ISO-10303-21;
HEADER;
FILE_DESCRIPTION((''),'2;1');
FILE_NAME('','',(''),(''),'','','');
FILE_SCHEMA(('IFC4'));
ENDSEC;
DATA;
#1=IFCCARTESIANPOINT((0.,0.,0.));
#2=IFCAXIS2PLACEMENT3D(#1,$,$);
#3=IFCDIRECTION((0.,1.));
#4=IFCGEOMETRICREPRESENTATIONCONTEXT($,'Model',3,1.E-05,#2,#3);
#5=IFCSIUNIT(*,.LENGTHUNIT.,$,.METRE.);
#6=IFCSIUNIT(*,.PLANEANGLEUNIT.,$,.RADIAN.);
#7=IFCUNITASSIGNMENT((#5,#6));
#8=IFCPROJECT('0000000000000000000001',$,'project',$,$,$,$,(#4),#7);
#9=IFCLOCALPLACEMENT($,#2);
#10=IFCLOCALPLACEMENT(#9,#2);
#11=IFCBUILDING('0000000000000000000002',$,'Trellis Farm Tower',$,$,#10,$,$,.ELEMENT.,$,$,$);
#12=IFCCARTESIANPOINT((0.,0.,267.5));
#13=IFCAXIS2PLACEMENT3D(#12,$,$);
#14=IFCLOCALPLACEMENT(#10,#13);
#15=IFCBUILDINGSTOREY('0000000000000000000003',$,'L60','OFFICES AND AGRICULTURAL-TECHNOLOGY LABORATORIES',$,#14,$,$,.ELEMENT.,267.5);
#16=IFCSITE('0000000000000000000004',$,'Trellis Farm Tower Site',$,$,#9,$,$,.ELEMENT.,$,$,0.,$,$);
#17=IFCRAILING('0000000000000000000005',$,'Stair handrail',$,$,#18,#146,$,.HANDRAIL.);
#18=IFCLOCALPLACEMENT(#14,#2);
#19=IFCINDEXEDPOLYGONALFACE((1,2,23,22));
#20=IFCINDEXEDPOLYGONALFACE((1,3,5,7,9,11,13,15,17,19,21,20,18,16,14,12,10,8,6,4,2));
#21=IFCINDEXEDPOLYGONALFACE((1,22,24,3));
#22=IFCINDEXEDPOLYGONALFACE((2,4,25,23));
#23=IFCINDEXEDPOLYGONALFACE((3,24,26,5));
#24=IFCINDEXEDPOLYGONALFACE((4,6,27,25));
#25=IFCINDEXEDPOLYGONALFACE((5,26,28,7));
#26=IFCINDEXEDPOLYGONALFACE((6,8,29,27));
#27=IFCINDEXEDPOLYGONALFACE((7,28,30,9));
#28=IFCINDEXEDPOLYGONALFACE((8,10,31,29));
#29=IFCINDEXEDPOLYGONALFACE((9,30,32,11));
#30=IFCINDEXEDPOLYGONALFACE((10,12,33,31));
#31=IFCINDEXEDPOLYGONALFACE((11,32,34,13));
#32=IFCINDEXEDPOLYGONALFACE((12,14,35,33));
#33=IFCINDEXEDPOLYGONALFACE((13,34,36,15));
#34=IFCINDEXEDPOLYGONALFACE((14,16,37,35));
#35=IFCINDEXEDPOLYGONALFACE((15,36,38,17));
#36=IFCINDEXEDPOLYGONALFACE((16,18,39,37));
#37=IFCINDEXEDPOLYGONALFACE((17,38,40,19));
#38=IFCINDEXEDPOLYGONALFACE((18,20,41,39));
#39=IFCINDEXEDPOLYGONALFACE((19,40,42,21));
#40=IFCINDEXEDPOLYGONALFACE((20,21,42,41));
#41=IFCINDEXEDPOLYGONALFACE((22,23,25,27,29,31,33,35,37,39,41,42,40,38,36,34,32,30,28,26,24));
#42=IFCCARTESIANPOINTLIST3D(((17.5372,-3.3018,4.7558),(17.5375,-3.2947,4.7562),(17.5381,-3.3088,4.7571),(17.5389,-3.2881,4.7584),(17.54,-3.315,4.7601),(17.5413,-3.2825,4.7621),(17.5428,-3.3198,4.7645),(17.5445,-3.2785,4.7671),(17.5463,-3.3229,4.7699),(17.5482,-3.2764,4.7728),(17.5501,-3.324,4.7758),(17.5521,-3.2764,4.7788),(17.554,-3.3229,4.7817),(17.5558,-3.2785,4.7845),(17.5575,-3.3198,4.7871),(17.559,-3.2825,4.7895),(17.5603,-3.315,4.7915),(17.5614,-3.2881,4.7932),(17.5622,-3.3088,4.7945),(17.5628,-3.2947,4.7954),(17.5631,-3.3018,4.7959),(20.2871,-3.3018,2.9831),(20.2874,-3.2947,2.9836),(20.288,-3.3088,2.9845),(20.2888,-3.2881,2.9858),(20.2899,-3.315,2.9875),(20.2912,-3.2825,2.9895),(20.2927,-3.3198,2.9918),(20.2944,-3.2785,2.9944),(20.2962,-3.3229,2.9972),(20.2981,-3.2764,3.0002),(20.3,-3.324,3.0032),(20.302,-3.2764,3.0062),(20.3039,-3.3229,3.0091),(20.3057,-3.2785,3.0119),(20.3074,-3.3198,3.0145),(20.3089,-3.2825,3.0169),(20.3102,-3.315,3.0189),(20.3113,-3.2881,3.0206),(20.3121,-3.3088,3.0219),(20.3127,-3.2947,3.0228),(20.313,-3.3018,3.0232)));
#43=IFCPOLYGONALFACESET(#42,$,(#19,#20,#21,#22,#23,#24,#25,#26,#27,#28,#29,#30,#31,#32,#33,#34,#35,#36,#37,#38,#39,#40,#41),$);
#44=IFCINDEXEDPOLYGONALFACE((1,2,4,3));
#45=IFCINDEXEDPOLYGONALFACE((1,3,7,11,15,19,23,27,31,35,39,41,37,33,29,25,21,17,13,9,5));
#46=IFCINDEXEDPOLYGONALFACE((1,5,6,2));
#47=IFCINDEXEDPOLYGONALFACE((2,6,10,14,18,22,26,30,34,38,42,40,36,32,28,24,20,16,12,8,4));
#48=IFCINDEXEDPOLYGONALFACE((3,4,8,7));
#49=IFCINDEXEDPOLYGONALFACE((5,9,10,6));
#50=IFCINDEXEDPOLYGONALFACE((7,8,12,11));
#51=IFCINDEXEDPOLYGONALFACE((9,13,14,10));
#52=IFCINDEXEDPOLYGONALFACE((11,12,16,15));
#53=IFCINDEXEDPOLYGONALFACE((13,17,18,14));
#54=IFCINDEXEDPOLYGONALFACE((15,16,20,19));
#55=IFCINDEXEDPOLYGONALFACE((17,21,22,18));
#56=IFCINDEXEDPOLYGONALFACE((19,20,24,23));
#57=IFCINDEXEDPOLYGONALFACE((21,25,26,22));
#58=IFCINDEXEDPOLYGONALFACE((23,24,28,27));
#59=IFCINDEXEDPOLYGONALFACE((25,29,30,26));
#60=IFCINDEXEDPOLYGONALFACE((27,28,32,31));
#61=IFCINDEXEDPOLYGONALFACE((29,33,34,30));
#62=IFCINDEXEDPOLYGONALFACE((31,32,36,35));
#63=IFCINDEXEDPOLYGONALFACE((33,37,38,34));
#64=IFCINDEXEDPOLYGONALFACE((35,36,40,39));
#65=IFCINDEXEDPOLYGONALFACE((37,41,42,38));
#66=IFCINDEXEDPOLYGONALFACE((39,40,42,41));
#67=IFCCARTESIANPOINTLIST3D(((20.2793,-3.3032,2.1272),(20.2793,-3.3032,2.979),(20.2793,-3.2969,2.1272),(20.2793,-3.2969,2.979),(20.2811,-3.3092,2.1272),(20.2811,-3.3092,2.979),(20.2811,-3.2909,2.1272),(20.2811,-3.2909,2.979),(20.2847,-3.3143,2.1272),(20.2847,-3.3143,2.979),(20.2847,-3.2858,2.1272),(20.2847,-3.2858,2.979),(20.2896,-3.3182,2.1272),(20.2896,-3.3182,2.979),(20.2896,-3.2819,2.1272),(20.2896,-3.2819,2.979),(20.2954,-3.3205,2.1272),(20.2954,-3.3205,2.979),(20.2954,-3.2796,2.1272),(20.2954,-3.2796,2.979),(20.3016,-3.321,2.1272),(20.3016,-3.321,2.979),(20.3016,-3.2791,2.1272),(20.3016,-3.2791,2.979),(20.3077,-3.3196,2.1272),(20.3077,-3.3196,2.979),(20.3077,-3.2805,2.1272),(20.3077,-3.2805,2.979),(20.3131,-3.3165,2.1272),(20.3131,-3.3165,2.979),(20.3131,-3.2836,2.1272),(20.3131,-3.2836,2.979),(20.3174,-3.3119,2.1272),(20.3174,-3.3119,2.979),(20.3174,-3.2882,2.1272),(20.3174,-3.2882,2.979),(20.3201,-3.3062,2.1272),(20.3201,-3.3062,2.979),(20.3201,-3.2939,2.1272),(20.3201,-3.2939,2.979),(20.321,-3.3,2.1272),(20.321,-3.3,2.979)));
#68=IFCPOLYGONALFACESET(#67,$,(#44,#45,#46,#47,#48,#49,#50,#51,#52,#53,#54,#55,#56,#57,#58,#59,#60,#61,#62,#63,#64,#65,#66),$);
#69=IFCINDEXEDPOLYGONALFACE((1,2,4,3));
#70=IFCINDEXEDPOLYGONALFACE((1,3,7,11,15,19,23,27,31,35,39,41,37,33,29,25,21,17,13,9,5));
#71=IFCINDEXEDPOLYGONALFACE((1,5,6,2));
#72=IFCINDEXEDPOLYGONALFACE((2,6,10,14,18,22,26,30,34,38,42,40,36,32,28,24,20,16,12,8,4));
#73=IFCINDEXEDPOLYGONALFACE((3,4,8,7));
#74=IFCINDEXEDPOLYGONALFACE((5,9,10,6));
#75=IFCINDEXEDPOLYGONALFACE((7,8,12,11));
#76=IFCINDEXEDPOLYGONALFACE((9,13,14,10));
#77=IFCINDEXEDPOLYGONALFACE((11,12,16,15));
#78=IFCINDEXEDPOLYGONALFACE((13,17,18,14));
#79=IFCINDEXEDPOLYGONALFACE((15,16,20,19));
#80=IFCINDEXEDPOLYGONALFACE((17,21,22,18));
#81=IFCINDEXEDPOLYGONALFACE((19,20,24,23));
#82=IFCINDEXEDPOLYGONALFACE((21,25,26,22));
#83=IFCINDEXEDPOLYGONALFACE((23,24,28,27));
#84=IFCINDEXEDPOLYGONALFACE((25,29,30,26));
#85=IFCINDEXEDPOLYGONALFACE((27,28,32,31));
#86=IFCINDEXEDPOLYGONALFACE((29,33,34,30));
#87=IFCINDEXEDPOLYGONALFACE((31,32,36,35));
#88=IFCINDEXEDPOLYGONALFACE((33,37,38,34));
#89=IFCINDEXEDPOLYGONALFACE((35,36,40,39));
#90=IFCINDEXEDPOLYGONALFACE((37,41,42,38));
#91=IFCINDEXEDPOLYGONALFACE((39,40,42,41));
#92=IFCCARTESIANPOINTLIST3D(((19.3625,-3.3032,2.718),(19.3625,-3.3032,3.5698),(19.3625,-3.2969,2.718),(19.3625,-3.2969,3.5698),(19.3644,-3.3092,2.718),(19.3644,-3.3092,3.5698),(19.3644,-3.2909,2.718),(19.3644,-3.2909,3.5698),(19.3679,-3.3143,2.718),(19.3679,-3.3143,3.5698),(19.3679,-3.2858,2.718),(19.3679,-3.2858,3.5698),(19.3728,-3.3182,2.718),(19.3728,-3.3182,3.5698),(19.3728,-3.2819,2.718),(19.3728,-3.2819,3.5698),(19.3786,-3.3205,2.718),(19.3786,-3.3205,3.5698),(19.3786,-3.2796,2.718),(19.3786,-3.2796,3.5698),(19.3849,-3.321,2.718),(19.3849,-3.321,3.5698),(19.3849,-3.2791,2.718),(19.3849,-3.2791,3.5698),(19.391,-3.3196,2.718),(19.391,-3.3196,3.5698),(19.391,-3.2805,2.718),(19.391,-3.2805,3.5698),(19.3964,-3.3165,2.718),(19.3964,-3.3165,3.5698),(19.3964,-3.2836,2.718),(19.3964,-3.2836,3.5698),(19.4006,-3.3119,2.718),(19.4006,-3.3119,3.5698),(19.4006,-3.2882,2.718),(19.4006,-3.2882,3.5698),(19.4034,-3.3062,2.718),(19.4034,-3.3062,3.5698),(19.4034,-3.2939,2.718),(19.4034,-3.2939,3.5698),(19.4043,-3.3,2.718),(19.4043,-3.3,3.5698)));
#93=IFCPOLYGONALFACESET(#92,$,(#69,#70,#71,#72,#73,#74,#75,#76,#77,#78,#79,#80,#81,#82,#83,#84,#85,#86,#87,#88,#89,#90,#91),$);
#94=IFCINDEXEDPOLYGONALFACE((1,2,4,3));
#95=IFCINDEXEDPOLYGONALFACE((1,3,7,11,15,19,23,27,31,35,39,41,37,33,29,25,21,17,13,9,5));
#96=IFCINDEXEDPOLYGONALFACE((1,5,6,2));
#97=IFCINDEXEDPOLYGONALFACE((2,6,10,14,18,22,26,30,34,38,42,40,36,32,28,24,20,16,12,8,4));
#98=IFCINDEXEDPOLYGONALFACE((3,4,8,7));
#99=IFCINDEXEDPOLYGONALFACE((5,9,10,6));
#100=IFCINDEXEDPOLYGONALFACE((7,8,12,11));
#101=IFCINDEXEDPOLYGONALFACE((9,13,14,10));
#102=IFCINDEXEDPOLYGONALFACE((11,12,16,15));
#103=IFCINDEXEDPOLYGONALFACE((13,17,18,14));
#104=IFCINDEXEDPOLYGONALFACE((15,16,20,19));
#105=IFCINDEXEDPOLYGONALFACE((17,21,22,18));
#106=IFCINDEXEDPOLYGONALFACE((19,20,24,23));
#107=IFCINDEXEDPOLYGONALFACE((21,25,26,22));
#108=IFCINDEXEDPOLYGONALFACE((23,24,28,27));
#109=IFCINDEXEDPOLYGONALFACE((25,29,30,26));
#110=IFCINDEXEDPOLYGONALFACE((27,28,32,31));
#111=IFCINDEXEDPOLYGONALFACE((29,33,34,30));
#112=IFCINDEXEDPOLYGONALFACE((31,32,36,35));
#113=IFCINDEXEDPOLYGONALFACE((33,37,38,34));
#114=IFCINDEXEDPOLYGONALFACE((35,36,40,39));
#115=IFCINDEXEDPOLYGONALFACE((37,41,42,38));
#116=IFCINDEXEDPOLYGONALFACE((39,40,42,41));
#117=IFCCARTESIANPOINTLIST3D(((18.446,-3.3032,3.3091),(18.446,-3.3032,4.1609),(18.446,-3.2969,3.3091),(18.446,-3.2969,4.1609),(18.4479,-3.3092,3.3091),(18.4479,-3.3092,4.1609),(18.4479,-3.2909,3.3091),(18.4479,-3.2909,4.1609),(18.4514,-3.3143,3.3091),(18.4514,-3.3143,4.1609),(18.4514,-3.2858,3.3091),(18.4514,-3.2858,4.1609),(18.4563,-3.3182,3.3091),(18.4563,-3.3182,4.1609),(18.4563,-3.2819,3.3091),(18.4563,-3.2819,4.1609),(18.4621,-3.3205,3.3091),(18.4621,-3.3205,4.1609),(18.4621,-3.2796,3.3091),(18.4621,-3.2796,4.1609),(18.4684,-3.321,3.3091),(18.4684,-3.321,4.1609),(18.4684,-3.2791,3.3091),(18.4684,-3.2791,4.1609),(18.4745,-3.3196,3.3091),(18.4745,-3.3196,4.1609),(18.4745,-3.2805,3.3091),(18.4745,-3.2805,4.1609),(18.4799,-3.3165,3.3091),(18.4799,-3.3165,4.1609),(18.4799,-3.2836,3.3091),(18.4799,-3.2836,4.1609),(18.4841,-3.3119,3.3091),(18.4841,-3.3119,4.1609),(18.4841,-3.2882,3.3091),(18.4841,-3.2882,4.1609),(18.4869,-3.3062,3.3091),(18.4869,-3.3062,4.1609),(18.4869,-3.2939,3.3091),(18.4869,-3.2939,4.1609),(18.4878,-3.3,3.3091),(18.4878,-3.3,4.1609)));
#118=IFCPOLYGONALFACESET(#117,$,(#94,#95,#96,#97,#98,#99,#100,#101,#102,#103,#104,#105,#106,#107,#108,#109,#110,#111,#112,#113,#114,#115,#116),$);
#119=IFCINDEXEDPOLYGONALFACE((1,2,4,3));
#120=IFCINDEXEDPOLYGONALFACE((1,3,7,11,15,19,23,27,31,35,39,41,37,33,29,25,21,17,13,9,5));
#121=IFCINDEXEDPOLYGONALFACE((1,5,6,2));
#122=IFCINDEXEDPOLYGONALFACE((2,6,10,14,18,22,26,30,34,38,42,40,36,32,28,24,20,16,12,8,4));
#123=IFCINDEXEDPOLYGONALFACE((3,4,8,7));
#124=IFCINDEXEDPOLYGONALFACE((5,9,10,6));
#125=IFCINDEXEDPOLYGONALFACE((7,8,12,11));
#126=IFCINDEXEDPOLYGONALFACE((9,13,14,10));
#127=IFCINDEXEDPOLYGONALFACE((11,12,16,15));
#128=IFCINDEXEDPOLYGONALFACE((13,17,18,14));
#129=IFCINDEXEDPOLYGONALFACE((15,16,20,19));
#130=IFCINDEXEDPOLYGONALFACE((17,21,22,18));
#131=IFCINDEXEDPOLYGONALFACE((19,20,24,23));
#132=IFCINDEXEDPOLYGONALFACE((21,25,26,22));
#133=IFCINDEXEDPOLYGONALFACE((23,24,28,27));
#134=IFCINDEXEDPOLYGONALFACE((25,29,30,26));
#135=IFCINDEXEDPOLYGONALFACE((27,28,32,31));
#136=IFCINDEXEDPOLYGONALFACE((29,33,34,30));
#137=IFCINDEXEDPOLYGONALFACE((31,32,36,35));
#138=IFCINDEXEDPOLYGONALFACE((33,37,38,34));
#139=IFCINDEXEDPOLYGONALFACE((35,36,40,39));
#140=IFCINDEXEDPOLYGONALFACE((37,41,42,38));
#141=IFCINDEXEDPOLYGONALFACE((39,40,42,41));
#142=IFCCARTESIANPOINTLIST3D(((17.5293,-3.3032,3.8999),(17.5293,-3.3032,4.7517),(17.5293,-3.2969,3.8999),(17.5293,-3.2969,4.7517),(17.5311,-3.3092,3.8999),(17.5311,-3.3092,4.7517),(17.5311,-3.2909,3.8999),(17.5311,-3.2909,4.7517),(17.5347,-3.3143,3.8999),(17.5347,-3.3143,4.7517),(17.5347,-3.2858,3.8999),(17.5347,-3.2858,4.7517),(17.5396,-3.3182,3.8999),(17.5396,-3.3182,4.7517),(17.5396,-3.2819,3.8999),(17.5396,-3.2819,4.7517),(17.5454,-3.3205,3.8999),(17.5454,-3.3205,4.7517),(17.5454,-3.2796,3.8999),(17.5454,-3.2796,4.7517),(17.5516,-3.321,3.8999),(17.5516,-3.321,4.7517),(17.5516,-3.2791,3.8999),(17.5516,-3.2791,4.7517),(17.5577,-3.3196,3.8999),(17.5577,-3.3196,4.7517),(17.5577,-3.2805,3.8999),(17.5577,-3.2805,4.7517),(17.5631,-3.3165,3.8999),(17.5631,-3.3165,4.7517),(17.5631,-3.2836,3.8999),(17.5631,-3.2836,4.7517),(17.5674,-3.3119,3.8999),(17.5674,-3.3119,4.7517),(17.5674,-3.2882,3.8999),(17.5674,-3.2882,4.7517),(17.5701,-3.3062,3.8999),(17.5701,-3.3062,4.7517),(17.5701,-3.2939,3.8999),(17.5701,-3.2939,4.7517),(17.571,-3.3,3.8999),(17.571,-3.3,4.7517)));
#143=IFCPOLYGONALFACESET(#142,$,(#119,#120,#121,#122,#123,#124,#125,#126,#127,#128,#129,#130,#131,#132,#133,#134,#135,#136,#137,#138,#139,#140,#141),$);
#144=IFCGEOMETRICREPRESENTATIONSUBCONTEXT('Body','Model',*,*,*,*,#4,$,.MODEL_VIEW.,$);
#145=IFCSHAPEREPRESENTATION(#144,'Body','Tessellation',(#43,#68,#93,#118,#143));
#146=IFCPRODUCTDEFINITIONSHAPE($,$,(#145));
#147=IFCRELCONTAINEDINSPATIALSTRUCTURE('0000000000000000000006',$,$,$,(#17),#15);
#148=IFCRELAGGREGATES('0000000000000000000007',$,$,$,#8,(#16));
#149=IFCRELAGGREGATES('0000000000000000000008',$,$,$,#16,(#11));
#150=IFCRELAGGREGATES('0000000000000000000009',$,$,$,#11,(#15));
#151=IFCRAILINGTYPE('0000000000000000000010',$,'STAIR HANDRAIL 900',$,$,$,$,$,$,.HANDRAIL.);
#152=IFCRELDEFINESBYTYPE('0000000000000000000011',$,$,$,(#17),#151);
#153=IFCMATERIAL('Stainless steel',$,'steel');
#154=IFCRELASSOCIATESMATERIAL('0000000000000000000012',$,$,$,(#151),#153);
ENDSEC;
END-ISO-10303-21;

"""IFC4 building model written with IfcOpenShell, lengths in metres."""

from ifc_helpers import new_model, si_unit, direction, frame, origin, origin_2d, place, context, subcontext, project, spatial, circle, extrude, source, transform, mapped, material, type_object, element, save


model = new_model("IFC4")

# Units and contexts
model_context = context("Model", 3, precision=1e-05, world=origin(), true_north=direction((0.0, 1.0)))
body_context = subcontext(model_context, "Body", "Model", "MODEL_VIEW")
ifc_project = project(units=[si_unit("LENGTHUNIT", "METRE"), si_unit("PLANEANGLEUNIT", "RADIAN")], contexts=[model_context])

# Site, building, storey
site_placement = place(None, origin())
site = spatial("IfcSite", under=ifc_project, at=site_placement, Name="Trellis Farm Tower Site", CompositionType="ELEMENT", RefElevation=0.0)
building_placement = place(site_placement, origin())
building = spatial("IfcBuilding", under=site, at=building_placement, Name="Trellis Farm Tower", CompositionType="ELEMENT")
storey_placement = place(building_placement, frame((0.0, 0.0, 267.5)))
storey = spatial("IfcBuildingStorey", under=building, at=storey_placement, Name="L60", Description="OFFICES AND AGRICULTURAL-TECHNOLOGY LABORATORIES", CompositionType="ELEMENT", Elevation=267.5)

# Railing
ifc_material_1 = material(Name="Stainless steel", Category="steel")
railing_type = type_object("IfcRailingType", Name="STAIR HANDRAIL 900", PredefinedType="HANDRAIL", material=ifc_material_1)
shared_shape_1 = source(origin(), body_context, "Body", "SweptSolid", [
    extrude(circle(Radius=0.0239, at=origin_2d()), frame((0.0, 0.0, 0.876), z_axis=(-0.840504, 0.0, 0.541806), x_axis=(0.0, -1.0, 0.0)), (0.0, 0.0, 1.0), 3.2717),
    extrude(circle(Radius=0.021, at=origin_2d()), origin(), (0.0, 0.0, 1.0), 0.8518),
    extrude(circle(Radius=0.021, at=origin_2d()), frame((-0.9167, 0.0, 0.5908)), (0.0, 0.0, 1.0), 0.8518),
    extrude(circle(Radius=0.021, at=origin_2d()), frame((-1.8333, 0.0, 1.1819)), (0.0, 0.0, 1.0), 0.8518),
    extrude(circle(Radius=0.021, at=origin_2d()), frame((-2.75, 0.0, 1.7727)), (0.0, 0.0, 1.0), 0.8518),
])
for number, where, name in (
    (1, (20.3, -3.3, 2.1272), "Stair handrail"),
):
    element("IfcRailing", number, at=place(storey_placement, frame(where)), inside=storey, type_object=railing_type, Name=name, PredefinedType="HANDRAIL", context=body_context, shape_type="MappedRepresentation", body=[
        mapped(shared_shape_1, transform((0.0, 0.0, 0.0))),
    ])

save(model, "model.ifc")
